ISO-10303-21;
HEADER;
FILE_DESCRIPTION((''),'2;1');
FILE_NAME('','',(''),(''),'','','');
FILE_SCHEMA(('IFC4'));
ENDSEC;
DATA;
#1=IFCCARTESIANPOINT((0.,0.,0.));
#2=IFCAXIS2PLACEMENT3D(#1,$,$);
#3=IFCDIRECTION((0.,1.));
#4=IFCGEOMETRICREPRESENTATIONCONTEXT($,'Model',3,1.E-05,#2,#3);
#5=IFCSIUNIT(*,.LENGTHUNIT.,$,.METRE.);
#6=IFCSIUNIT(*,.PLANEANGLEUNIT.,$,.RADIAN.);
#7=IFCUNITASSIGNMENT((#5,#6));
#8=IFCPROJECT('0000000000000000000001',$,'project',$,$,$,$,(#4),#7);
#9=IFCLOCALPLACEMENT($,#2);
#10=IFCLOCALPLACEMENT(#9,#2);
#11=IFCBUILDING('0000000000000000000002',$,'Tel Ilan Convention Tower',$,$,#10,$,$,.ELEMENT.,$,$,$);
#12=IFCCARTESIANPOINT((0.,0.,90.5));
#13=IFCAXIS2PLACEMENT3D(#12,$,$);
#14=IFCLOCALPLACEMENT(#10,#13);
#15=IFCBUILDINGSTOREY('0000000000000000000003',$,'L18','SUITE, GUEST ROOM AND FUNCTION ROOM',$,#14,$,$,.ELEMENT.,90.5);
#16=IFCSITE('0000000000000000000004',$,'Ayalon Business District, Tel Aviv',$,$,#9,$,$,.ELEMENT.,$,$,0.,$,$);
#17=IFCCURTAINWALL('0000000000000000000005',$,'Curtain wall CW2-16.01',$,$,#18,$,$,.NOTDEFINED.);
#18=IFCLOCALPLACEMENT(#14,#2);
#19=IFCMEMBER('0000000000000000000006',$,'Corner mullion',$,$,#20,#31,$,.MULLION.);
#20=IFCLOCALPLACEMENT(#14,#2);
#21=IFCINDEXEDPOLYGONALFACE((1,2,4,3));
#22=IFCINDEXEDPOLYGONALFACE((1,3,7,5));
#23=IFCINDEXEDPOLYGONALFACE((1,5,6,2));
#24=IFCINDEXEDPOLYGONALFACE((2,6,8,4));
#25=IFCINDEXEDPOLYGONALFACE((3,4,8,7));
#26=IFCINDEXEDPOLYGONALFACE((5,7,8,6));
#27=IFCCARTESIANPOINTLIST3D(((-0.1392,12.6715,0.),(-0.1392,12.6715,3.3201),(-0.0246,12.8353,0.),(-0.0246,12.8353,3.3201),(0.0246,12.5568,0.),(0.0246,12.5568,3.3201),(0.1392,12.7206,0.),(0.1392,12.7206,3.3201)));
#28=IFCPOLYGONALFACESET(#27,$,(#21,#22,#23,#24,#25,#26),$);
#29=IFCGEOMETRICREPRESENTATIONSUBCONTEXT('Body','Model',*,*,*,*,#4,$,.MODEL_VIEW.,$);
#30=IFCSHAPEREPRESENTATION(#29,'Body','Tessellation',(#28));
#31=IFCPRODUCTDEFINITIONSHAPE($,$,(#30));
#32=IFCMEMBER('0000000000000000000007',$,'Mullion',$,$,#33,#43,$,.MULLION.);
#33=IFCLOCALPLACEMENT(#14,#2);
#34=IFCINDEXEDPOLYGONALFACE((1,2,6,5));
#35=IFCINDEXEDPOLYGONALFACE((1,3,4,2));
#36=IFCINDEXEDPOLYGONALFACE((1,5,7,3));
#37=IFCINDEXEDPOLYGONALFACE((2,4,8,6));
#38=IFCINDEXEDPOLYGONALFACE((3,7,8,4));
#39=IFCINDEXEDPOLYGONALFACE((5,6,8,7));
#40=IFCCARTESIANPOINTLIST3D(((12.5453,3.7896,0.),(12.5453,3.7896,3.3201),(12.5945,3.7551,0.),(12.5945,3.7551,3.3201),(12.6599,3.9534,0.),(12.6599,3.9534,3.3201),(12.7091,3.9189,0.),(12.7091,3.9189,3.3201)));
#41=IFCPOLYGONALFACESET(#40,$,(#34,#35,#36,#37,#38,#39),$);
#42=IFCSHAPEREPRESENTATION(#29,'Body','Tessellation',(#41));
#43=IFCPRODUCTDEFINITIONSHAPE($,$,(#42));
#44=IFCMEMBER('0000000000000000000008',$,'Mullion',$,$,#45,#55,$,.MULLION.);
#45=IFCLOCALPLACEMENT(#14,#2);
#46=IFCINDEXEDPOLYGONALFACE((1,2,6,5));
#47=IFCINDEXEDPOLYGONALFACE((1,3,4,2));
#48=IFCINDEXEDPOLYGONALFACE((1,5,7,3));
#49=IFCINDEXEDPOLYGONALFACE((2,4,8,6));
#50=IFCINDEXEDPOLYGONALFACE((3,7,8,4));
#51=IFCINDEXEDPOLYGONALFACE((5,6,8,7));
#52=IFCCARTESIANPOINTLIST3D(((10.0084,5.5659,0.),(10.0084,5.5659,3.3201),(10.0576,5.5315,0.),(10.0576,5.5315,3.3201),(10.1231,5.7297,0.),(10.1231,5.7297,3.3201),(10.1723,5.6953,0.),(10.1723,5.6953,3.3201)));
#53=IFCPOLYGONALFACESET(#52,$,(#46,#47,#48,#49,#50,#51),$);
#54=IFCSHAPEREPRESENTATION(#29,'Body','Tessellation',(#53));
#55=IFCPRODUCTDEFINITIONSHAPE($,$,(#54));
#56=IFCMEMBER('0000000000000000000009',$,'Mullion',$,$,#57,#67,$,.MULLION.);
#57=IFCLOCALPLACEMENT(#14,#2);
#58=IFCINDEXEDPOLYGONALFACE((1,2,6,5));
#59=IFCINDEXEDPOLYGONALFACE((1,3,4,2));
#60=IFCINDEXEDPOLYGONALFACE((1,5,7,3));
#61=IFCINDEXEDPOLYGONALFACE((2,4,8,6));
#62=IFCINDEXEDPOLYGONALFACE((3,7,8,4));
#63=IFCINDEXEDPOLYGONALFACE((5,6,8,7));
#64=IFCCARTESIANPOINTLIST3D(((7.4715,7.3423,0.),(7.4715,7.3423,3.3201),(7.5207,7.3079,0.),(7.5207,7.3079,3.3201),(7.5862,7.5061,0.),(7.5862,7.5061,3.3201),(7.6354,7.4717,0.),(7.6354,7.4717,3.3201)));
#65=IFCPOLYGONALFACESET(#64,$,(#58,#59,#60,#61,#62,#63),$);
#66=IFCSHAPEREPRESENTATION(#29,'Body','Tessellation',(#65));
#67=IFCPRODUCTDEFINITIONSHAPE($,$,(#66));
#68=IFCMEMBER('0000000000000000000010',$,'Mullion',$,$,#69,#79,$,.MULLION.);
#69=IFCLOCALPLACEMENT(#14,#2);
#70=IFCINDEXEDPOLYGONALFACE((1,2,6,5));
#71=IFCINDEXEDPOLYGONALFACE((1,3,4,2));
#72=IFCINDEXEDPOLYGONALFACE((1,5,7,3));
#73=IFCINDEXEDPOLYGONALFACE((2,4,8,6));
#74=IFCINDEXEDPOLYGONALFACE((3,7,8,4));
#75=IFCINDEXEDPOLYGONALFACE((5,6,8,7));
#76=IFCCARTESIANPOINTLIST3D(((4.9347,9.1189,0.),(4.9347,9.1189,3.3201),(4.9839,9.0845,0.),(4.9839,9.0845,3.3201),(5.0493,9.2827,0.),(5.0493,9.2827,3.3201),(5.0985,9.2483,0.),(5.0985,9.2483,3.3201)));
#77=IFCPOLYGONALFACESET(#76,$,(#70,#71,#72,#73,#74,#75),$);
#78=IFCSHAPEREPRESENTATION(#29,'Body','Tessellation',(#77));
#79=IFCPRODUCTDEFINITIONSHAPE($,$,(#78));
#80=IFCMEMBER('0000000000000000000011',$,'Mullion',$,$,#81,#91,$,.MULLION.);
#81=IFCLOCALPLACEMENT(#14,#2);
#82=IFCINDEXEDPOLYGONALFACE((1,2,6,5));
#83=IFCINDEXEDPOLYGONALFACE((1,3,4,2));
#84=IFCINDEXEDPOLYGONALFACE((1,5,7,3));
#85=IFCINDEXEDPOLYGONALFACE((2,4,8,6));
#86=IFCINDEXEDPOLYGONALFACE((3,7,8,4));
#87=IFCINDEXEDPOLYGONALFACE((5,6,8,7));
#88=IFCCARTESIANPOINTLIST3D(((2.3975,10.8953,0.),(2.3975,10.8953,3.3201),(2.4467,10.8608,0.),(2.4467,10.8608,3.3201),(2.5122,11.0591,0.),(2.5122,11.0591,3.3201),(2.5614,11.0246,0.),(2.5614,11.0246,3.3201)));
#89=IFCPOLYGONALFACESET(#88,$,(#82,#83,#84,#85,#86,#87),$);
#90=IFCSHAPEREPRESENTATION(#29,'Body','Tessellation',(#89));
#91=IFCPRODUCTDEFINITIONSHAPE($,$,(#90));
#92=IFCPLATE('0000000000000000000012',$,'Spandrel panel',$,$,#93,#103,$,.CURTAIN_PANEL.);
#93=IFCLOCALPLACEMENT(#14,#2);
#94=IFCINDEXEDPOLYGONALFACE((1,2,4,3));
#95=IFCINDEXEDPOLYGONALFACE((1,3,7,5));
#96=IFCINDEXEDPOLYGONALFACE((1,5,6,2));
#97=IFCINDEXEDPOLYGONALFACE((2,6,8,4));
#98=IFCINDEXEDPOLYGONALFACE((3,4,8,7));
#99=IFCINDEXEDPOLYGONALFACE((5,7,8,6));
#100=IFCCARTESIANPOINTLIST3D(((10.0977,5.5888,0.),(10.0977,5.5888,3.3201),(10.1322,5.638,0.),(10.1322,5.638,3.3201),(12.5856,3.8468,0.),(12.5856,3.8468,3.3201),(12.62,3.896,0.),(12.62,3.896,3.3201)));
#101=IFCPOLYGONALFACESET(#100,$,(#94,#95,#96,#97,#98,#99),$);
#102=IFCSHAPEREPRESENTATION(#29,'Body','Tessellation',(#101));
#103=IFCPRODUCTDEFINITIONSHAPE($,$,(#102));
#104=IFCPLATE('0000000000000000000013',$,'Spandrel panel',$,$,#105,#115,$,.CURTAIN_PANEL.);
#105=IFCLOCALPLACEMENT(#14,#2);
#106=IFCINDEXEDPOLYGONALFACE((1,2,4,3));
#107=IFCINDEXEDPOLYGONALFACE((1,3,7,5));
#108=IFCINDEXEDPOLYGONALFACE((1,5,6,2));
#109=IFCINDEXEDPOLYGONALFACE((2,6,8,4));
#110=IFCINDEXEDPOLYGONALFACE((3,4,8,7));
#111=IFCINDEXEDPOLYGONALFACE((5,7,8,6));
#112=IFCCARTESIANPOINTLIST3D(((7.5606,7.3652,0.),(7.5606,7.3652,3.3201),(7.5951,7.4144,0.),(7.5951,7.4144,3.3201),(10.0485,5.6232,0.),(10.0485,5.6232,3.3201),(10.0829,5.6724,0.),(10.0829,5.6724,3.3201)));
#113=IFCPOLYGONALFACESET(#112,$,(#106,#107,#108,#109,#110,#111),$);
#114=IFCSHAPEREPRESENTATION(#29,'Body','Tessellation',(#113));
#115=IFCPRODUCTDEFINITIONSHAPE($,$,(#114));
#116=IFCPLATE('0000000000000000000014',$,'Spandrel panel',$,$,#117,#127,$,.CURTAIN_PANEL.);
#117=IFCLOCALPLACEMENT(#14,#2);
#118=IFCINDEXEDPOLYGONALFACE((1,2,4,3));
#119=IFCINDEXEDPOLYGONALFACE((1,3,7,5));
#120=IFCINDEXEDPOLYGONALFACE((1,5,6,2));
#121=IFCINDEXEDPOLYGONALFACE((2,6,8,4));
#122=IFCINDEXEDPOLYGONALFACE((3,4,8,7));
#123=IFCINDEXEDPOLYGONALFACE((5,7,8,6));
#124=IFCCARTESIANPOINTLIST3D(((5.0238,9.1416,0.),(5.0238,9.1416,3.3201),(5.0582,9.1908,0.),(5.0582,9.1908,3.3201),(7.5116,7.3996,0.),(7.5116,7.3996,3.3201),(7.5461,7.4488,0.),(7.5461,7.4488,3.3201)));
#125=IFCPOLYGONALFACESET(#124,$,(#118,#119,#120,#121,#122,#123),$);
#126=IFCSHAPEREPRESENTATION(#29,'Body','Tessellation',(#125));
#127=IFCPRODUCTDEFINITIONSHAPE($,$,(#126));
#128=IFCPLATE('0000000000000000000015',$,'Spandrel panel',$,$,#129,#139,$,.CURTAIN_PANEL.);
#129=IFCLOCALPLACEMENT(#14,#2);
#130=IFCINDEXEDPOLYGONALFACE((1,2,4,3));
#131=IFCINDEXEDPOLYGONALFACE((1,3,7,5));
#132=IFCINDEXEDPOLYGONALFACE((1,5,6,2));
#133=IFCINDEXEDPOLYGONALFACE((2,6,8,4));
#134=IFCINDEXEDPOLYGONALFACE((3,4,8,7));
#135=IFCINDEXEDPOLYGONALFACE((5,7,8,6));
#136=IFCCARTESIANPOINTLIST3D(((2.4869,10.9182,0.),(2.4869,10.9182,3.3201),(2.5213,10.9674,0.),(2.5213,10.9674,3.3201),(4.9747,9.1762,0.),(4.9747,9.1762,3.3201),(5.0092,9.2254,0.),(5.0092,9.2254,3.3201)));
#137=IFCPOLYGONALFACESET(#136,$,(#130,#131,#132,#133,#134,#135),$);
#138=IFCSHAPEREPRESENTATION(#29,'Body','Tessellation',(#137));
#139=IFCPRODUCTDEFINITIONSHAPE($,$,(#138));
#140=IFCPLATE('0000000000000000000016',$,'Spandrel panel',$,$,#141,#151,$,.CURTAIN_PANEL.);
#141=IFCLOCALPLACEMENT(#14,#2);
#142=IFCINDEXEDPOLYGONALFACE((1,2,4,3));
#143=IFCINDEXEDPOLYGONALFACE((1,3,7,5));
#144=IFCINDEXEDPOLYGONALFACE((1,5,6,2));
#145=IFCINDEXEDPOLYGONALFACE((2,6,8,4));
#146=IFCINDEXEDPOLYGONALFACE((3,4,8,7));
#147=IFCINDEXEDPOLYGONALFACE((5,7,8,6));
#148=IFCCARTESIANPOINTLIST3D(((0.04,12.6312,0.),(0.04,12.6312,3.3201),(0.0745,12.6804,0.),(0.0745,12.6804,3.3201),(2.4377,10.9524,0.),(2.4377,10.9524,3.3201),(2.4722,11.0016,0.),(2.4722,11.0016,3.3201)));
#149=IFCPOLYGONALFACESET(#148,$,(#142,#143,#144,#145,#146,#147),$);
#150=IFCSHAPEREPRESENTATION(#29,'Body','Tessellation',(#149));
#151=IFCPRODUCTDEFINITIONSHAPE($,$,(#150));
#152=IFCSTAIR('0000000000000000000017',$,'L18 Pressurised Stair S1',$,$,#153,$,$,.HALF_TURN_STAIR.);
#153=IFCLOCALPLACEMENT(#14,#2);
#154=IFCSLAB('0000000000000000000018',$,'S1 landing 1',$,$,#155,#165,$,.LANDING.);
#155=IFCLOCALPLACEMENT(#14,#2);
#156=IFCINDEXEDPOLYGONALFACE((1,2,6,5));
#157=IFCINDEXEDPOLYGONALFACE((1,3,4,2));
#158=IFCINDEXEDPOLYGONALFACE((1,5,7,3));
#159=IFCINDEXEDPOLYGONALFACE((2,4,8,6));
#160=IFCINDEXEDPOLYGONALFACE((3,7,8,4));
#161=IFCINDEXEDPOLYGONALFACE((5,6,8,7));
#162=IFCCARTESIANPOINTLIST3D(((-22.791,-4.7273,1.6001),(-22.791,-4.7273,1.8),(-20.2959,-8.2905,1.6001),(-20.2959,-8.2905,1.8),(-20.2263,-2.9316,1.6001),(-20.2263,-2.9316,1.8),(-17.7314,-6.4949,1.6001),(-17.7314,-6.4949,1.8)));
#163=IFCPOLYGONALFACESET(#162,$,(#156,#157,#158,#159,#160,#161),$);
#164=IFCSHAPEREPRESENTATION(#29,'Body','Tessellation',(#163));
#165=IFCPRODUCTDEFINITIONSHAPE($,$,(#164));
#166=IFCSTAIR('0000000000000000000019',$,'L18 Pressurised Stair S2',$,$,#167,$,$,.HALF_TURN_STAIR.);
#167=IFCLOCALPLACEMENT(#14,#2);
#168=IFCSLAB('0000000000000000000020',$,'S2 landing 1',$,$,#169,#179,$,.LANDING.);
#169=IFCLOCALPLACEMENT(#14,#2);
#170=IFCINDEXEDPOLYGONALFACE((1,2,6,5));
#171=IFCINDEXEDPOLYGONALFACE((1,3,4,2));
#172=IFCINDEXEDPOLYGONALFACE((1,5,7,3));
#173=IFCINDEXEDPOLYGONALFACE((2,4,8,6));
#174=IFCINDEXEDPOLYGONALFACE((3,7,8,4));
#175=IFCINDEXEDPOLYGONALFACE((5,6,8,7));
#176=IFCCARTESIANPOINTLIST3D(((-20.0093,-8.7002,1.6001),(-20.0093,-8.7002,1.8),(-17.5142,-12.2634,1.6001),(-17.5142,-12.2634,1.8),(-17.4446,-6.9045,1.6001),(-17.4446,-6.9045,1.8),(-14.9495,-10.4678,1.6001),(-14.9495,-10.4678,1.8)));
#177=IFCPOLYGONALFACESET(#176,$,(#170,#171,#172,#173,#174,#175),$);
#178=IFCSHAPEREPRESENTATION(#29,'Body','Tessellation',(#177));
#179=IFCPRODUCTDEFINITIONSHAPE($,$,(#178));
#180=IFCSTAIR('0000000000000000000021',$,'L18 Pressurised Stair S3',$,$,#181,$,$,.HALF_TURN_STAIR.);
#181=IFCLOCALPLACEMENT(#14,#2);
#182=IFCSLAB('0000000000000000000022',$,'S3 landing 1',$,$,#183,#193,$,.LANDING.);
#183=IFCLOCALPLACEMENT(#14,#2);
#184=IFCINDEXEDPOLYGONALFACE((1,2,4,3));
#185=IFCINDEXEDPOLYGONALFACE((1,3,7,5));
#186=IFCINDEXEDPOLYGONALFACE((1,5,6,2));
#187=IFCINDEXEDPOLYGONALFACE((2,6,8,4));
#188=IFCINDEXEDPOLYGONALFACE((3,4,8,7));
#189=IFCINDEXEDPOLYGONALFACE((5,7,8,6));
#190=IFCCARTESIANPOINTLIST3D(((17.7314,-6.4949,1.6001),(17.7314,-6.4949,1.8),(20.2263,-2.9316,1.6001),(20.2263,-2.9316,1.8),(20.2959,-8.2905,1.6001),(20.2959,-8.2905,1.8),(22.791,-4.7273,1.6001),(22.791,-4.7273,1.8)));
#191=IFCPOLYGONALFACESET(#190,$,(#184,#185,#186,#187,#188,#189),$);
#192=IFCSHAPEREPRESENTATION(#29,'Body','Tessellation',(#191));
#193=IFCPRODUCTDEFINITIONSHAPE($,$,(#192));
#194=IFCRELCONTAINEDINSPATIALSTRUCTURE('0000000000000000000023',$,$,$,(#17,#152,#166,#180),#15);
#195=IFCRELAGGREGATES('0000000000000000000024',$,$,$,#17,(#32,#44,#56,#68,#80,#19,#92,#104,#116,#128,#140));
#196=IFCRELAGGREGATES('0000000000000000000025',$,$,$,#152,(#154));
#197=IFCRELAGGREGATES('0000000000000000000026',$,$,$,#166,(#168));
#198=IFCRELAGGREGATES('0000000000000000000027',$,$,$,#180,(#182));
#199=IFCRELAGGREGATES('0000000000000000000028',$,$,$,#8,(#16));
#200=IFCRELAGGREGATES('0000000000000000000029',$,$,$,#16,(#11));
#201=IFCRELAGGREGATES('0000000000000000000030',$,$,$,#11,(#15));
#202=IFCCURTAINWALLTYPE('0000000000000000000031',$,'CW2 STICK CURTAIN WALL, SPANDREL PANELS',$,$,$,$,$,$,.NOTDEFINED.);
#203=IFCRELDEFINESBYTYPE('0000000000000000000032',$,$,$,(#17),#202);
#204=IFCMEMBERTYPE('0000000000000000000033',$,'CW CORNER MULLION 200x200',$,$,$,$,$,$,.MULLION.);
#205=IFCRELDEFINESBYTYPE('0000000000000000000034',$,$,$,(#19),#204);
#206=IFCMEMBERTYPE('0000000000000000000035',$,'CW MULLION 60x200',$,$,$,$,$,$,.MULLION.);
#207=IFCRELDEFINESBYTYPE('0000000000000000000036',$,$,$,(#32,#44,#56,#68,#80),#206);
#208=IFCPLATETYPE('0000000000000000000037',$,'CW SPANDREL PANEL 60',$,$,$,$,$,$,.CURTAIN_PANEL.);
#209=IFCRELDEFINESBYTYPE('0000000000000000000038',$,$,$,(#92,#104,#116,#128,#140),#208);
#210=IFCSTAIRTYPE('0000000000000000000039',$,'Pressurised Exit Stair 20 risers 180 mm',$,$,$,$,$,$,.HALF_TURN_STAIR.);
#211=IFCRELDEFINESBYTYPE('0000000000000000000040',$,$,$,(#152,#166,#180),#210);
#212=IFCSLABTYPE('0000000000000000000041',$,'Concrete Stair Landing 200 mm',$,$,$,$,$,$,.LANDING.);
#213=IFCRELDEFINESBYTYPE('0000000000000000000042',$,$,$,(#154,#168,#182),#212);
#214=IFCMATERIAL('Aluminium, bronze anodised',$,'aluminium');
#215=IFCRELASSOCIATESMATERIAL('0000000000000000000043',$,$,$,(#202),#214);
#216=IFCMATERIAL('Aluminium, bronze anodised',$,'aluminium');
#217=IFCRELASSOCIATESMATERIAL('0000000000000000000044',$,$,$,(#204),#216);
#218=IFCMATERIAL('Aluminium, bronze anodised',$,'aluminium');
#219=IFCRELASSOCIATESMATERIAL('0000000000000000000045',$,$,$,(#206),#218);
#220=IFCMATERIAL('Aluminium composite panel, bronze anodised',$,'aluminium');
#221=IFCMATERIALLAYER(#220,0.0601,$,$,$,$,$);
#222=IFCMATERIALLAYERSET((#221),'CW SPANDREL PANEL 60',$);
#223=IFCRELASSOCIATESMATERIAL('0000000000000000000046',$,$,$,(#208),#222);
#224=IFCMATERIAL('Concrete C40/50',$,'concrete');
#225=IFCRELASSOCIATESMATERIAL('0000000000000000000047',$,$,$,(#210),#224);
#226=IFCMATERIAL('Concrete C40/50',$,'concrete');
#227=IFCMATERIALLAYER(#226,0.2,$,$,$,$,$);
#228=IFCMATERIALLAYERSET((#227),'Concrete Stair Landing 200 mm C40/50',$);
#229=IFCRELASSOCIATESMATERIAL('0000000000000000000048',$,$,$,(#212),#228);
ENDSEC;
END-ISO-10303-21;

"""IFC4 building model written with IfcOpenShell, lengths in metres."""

from ifc_helpers import new_model, si_unit, direction, frame, origin, origin_2d, place, context, subcontext, project, spatial, polyline, rectangle, outline, extrude, material, layer, layer_set, material_profile, profile_set, type_object, element, aggregate, save


model = new_model("IFC4")

# Units and contexts
model_context = context("Model", 3, precision=1e-05, world=origin(), true_north=direction((0.0, 1.0)))
body_context = subcontext(model_context, "Body", "Model", "MODEL_VIEW")
ifc_project = project(units=[si_unit("LENGTHUNIT", "METRE"), si_unit("PLANEANGLEUNIT", "RADIAN")], contexts=[model_context])

# Site, building, storey
site_placement = place(None, origin())
site = spatial("IfcSite", under=ifc_project, at=site_placement, Name="Ayalon Business District, Tel Aviv", CompositionType="ELEMENT", RefElevation=0.0)
building_placement = place(site_placement, origin())
building = spatial("IfcBuilding", under=site, at=building_placement, Name="Tel Ilan Convention Tower", CompositionType="ELEMENT")
storey_placement = place(building_placement, frame((0.0, 0.0, 90.5)))
storey = spatial("IfcBuildingStorey", under=building, at=storey_placement, Name="L18", Description="SUITE, GUEST ROOM AND FUNCTION ROOM", CompositionType="ELEMENT", Elevation=90.5)

# Curtain wall, members, plates
ifc_material_1 = material(Name="Aluminium, bronze anodised", Category="aluminium")
curtain_wall_type = type_object("IfcCurtainWallType", Name="CW2 STICK CURTAIN WALL, SPANDREL PANELS", PredefinedType="NOTDEFINED", material=ifc_material_1)
curtain_wall_placement = place(storey_placement, origin())
curtain_wall = element("IfcCurtainWall", 1, at=curtain_wall_placement, inside=storey, type_object=curtain_wall_type, Name="Curtain wall CW2-16.01", PredefinedType="NOTDEFINED")
ifc_material_2 = material(Name="Aluminium, bronze anodised", Category="aluminium")
ifc_material_profile_1 = material_profile(ifc_material_2, rectangle(XDim=0.2, YDim=0.2, at=origin_2d()), Name="CW CORNER MULLION 200x200")
ifc_profile_set_1 = profile_set([ifc_material_profile_1], Name="Aluminium, bronze anodised")
member_type_1 = type_object("IfcMemberType", Name="CW CORNER MULLION 200x200", PredefinedType="MULLION", material=ifc_profile_set_1)
member_1_placement = place(storey_placement, frame((0.0, 12.696, 0.0), z_axis=(0.0, 0.0, 1.0), x_axis=(-0.819152, 0.573576, 0.0)))
member_1 = element("IfcMember", 2, at=member_1_placement, type_object=member_type_1, Name="Corner mullion", PredefinedType="MULLION", context=body_context, shape_type="SweptSolid", body=[
    extrude(rectangle(XDim=0.2, YDim=0.2, at=origin_2d()), origin(), (0.0, 0.0, 1.0), 3.3201),
])
ifc_material_3 = material(Name="Aluminium, bronze anodised", Category="aluminium")
ifc_material_profile_2 = material_profile(ifc_material_3, rectangle(XDim=0.0601, YDim=0.2, at=origin_2d()), Name="CW MULLION 60x200")
ifc_profile_set_2 = profile_set([ifc_material_profile_2], Name="Aluminium, bronze anodised")
member_type_2 = type_object("IfcMemberType", Name="CW MULLION 60x200", PredefinedType="MULLION", material=ifc_profile_set_2)
member_2_placement = place(storey_placement, frame((12.6272, 3.8542, 0.0), z_axis=(0.0, 0.0, 1.0), x_axis=(-0.819152, 0.573576, 0.0)))
member_2 = element("IfcMember", 3, at=member_2_placement, type_object=member_type_2, Name="Mullion", PredefinedType="MULLION", context=body_context, shape_type="SweptSolid", body=[
    extrude(rectangle(XDim=0.0601, YDim=0.2, at=origin_2d()), origin(), (0.0, 0.0, 1.0), 3.3201),
])
member_3_placement = place(storey_placement, frame((10.0903, 5.6306, 0.0), z_axis=(0.0, 0.0, 1.0), x_axis=(-0.819152, 0.573576, 0.0)))
member_3 = element("IfcMember", 4, at=member_3_placement, type_object=member_type_2, Name="Mullion", PredefinedType="MULLION", context=body_context, shape_type="SweptSolid", body=[
    extrude(rectangle(XDim=0.0601, YDim=0.2, at=origin_2d()), origin(), (0.0, 0.0, 1.0), 3.3201),
])
member_4_placement = place(storey_placement, frame((7.5535, 7.407, 0.0), z_axis=(0.0, 0.0, 1.0), x_axis=(-0.819152, 0.573576, 0.0)))
member_4 = element("IfcMember", 5, at=member_4_placement, type_object=member_type_2, Name="Mullion", PredefinedType="MULLION", context=body_context, shape_type="SweptSolid", body=[
    extrude(rectangle(XDim=0.0601, YDim=0.2, at=origin_2d()), origin(), (0.0, 0.0, 1.0), 3.3201),
])
member_5_placement = place(storey_placement, frame((5.0166, 9.1836, 0.0), z_axis=(0.0, 0.0, 1.0), x_axis=(-0.819152, 0.573576, 0.0)))
member_5 = element("IfcMember", 6, at=member_5_placement, type_object=member_type_2, Name="Mullion", PredefinedType="MULLION", context=body_context, shape_type="SweptSolid", body=[
    extrude(rectangle(XDim=0.0601, YDim=0.2, at=origin_2d()), origin(), (0.0, 0.0, 1.0), 3.3201),
])
member_6_placement = place(storey_placement, frame((2.4795, 10.96, 0.0), z_axis=(0.0, 0.0, 1.0), x_axis=(-0.819152, 0.573576, 0.0)))
member_6 = element("IfcMember", 7, at=member_6_placement, type_object=member_type_2, Name="Mullion", PredefinedType="MULLION", context=body_context, shape_type="SweptSolid", body=[
    extrude(rectangle(XDim=0.0601, YDim=0.2, at=origin_2d()), origin(), (0.0, 0.0, 1.0), 3.3201),
])
ifc_material_4 = material(Name="Aluminium composite panel, bronze anodised", Category="aluminium")
ifc_layer_1 = layer(ifc_material_4, 0.0601)
ifc_layer_set_1 = layer_set([ifc_layer_1], Name="CW SPANDREL PANEL 60")
plate_type = type_object("IfcPlateType", Name="CW SPANDREL PANEL 60", PredefinedType="CURTAIN_PANEL", material=ifc_layer_set_1)
plate_1_placement = place(storey_placement, frame((11.3589, 4.7424, 0.0), z_axis=(0.0, 0.0, 1.0), x_axis=(-0.819152, 0.573576, 0.0)))
plate_1 = element("IfcPlate", 8, at=plate_1_placement, type_object=plate_type, Name="Spandrel panel", PredefinedType="CURTAIN_PANEL", context=body_context, shape_type="SweptSolid", body=[
    extrude(rectangle(XDim=3.0371, YDim=0.0601, at=origin_2d()), origin(), (0.0, 0.0, 1.0), 3.3201),
])
plate_2_placement = place(storey_placement, frame((8.8218, 6.5188, 0.0), z_axis=(0.0, 0.0, 1.0), x_axis=(-0.819152, 0.573576, 0.0)))
plate_2 = element("IfcPlate", 9, at=plate_2_placement, type_object=plate_type, Name="Spandrel panel", PredefinedType="CURTAIN_PANEL", context=body_context, shape_type="SweptSolid", body=[
    extrude(rectangle(XDim=3.0371, YDim=0.0601, at=origin_2d()), origin(), (0.0, 0.0, 1.0), 3.3201),
])
plate_3_placement = place(storey_placement, frame((6.2849, 8.2952, 0.0), z_axis=(0.0, 0.0, 1.0), x_axis=(-0.819152, 0.573576, 0.0)))
plate_3 = element("IfcPlate", 10, at=plate_3_placement, type_object=plate_type, Name="Spandrel panel", PredefinedType="CURTAIN_PANEL", context=body_context, shape_type="SweptSolid", body=[
    extrude(rectangle(XDim=3.0371, YDim=0.0601, at=origin_2d()), origin(), (0.0, 0.0, 1.0), 3.3201),
])
plate_4_placement = place(storey_placement, frame((3.748, 10.0718, 0.0), z_axis=(0.0, 0.0, 1.0), x_axis=(-0.819152, 0.573576, 0.0)))
plate_4 = element("IfcPlate", 11, at=plate_4_placement, type_object=plate_type, Name="Spandrel panel", PredefinedType="CURTAIN_PANEL", context=body_context, shape_type="SweptSolid", body=[
    extrude(rectangle(XDim=3.0371, YDim=0.0601, at=origin_2d()), origin(), (0.0, 0.0, 1.0), 3.3201),
])
plate_5_placement = place(storey_placement, frame((1.2561, 11.8164, 0.0), z_axis=(0.0, 0.0, 1.0), x_axis=(-0.819152, 0.573576, 0.0)))
plate_5 = element("IfcPlate", 12, at=plate_5_placement, type_object=plate_type, Name="Spandrel panel", PredefinedType="CURTAIN_PANEL", context=body_context, shape_type="SweptSolid", body=[
    extrude(rectangle(XDim=2.927, YDim=0.0601, at=origin_2d()), origin(), (0.0, 0.0, 1.0), 3.3201),
])
aggregate(curtain_wall, [member_2, member_3, member_4, member_5, member_6, member_1, plate_1, plate_2, plate_3, plate_4, plate_5])

# Stairs, slabs
ifc_material_5 = material(Name="Concrete C40/50", Category="concrete")
stair_type = type_object("IfcStairType", Name="Pressurised Exit Stair 20 risers 180 mm", PredefinedType="HALF_TURN_STAIR", material=ifc_material_5)
stair_1_placement = place(storey_placement, origin())
stair_1 = element("IfcStair", 13, at=stair_1_placement, inside=storey, type_object=stair_type, Name="L18 Pressurised Stair S1", PredefinedType="HALF_TURN_STAIR")
ifc_material_6 = material(Name="Concrete C40/50", Category="concrete")
ifc_layer_2 = layer(ifc_material_6, 0.2)
ifc_layer_set_2 = layer_set([ifc_layer_2], Name="Concrete Stair Landing 200 mm C40/50")
slab_type_1 = type_object("IfcSlabType", Name="Concrete Stair Landing 200 mm", PredefinedType="LANDING", material=ifc_layer_set_2)
slab_1_placement = place(storey_placement, frame((0.0, 0.0, 1.6001)))
slab_1 = element("IfcSlab", 14, at=slab_1_placement, type_object=slab_type_1, Name="S1 landing 1", PredefinedType="LANDING", context=body_context, shape_type="SweptSolid", body=[
    extrude(outline(polyline([(-20.2959, -8.2905), (-17.7314, -6.4949), (-20.2263, -2.9316), (-22.791, -4.7273), (-20.2959, -8.2905)])), origin(), (0.0, 0.0, 1.0), 0.2),
])
aggregate(stair_1, [slab_1])
stair_2_placement = place(storey_placement, origin())
stair_2 = element("IfcStair", 15, at=stair_2_placement, inside=storey, type_object=stair_type, Name="L18 Pressurised Stair S2", PredefinedType="HALF_TURN_STAIR")
slab_2_placement = place(storey_placement, frame((0.0, 0.0, 1.6001)))
slab_2 = element("IfcSlab", 16, at=slab_2_placement, type_object=slab_type_1, Name="S2 landing 1", PredefinedType="LANDING", context=body_context, shape_type="SweptSolid", body=[
    extrude(outline(polyline([(-17.5142, -12.2634), (-14.9495, -10.4678), (-17.4446, -6.9045), (-20.0093, -8.7002), (-17.5142, -12.2634)])), origin(), (0.0, 0.0, 1.0), 0.2),
])
aggregate(stair_2, [slab_2])
stair_3_placement = place(storey_placement, origin())
stair_3 = element("IfcStair", 17, at=stair_3_placement, inside=storey, type_object=stair_type, Name="L18 Pressurised Stair S3", PredefinedType="HALF_TURN_STAIR")
slab_3_placement = place(storey_placement, frame((0.0, 0.0, 1.6001)))
slab_3 = element("IfcSlab", 18, at=slab_3_placement, type_object=slab_type_1, Name="S3 landing 1", PredefinedType="LANDING", context=body_context, shape_type="SweptSolid", body=[
    extrude(outline(polyline([(22.791, -4.7273), (20.2263, -2.9316), (17.7314, -6.4949), (20.2959, -8.2905), (22.791, -4.7273)])), origin(), (0.0, 0.0, 1.0), 0.2),
])
aggregate(stair_3, [slab_3])

save(model, "model.ifc")
